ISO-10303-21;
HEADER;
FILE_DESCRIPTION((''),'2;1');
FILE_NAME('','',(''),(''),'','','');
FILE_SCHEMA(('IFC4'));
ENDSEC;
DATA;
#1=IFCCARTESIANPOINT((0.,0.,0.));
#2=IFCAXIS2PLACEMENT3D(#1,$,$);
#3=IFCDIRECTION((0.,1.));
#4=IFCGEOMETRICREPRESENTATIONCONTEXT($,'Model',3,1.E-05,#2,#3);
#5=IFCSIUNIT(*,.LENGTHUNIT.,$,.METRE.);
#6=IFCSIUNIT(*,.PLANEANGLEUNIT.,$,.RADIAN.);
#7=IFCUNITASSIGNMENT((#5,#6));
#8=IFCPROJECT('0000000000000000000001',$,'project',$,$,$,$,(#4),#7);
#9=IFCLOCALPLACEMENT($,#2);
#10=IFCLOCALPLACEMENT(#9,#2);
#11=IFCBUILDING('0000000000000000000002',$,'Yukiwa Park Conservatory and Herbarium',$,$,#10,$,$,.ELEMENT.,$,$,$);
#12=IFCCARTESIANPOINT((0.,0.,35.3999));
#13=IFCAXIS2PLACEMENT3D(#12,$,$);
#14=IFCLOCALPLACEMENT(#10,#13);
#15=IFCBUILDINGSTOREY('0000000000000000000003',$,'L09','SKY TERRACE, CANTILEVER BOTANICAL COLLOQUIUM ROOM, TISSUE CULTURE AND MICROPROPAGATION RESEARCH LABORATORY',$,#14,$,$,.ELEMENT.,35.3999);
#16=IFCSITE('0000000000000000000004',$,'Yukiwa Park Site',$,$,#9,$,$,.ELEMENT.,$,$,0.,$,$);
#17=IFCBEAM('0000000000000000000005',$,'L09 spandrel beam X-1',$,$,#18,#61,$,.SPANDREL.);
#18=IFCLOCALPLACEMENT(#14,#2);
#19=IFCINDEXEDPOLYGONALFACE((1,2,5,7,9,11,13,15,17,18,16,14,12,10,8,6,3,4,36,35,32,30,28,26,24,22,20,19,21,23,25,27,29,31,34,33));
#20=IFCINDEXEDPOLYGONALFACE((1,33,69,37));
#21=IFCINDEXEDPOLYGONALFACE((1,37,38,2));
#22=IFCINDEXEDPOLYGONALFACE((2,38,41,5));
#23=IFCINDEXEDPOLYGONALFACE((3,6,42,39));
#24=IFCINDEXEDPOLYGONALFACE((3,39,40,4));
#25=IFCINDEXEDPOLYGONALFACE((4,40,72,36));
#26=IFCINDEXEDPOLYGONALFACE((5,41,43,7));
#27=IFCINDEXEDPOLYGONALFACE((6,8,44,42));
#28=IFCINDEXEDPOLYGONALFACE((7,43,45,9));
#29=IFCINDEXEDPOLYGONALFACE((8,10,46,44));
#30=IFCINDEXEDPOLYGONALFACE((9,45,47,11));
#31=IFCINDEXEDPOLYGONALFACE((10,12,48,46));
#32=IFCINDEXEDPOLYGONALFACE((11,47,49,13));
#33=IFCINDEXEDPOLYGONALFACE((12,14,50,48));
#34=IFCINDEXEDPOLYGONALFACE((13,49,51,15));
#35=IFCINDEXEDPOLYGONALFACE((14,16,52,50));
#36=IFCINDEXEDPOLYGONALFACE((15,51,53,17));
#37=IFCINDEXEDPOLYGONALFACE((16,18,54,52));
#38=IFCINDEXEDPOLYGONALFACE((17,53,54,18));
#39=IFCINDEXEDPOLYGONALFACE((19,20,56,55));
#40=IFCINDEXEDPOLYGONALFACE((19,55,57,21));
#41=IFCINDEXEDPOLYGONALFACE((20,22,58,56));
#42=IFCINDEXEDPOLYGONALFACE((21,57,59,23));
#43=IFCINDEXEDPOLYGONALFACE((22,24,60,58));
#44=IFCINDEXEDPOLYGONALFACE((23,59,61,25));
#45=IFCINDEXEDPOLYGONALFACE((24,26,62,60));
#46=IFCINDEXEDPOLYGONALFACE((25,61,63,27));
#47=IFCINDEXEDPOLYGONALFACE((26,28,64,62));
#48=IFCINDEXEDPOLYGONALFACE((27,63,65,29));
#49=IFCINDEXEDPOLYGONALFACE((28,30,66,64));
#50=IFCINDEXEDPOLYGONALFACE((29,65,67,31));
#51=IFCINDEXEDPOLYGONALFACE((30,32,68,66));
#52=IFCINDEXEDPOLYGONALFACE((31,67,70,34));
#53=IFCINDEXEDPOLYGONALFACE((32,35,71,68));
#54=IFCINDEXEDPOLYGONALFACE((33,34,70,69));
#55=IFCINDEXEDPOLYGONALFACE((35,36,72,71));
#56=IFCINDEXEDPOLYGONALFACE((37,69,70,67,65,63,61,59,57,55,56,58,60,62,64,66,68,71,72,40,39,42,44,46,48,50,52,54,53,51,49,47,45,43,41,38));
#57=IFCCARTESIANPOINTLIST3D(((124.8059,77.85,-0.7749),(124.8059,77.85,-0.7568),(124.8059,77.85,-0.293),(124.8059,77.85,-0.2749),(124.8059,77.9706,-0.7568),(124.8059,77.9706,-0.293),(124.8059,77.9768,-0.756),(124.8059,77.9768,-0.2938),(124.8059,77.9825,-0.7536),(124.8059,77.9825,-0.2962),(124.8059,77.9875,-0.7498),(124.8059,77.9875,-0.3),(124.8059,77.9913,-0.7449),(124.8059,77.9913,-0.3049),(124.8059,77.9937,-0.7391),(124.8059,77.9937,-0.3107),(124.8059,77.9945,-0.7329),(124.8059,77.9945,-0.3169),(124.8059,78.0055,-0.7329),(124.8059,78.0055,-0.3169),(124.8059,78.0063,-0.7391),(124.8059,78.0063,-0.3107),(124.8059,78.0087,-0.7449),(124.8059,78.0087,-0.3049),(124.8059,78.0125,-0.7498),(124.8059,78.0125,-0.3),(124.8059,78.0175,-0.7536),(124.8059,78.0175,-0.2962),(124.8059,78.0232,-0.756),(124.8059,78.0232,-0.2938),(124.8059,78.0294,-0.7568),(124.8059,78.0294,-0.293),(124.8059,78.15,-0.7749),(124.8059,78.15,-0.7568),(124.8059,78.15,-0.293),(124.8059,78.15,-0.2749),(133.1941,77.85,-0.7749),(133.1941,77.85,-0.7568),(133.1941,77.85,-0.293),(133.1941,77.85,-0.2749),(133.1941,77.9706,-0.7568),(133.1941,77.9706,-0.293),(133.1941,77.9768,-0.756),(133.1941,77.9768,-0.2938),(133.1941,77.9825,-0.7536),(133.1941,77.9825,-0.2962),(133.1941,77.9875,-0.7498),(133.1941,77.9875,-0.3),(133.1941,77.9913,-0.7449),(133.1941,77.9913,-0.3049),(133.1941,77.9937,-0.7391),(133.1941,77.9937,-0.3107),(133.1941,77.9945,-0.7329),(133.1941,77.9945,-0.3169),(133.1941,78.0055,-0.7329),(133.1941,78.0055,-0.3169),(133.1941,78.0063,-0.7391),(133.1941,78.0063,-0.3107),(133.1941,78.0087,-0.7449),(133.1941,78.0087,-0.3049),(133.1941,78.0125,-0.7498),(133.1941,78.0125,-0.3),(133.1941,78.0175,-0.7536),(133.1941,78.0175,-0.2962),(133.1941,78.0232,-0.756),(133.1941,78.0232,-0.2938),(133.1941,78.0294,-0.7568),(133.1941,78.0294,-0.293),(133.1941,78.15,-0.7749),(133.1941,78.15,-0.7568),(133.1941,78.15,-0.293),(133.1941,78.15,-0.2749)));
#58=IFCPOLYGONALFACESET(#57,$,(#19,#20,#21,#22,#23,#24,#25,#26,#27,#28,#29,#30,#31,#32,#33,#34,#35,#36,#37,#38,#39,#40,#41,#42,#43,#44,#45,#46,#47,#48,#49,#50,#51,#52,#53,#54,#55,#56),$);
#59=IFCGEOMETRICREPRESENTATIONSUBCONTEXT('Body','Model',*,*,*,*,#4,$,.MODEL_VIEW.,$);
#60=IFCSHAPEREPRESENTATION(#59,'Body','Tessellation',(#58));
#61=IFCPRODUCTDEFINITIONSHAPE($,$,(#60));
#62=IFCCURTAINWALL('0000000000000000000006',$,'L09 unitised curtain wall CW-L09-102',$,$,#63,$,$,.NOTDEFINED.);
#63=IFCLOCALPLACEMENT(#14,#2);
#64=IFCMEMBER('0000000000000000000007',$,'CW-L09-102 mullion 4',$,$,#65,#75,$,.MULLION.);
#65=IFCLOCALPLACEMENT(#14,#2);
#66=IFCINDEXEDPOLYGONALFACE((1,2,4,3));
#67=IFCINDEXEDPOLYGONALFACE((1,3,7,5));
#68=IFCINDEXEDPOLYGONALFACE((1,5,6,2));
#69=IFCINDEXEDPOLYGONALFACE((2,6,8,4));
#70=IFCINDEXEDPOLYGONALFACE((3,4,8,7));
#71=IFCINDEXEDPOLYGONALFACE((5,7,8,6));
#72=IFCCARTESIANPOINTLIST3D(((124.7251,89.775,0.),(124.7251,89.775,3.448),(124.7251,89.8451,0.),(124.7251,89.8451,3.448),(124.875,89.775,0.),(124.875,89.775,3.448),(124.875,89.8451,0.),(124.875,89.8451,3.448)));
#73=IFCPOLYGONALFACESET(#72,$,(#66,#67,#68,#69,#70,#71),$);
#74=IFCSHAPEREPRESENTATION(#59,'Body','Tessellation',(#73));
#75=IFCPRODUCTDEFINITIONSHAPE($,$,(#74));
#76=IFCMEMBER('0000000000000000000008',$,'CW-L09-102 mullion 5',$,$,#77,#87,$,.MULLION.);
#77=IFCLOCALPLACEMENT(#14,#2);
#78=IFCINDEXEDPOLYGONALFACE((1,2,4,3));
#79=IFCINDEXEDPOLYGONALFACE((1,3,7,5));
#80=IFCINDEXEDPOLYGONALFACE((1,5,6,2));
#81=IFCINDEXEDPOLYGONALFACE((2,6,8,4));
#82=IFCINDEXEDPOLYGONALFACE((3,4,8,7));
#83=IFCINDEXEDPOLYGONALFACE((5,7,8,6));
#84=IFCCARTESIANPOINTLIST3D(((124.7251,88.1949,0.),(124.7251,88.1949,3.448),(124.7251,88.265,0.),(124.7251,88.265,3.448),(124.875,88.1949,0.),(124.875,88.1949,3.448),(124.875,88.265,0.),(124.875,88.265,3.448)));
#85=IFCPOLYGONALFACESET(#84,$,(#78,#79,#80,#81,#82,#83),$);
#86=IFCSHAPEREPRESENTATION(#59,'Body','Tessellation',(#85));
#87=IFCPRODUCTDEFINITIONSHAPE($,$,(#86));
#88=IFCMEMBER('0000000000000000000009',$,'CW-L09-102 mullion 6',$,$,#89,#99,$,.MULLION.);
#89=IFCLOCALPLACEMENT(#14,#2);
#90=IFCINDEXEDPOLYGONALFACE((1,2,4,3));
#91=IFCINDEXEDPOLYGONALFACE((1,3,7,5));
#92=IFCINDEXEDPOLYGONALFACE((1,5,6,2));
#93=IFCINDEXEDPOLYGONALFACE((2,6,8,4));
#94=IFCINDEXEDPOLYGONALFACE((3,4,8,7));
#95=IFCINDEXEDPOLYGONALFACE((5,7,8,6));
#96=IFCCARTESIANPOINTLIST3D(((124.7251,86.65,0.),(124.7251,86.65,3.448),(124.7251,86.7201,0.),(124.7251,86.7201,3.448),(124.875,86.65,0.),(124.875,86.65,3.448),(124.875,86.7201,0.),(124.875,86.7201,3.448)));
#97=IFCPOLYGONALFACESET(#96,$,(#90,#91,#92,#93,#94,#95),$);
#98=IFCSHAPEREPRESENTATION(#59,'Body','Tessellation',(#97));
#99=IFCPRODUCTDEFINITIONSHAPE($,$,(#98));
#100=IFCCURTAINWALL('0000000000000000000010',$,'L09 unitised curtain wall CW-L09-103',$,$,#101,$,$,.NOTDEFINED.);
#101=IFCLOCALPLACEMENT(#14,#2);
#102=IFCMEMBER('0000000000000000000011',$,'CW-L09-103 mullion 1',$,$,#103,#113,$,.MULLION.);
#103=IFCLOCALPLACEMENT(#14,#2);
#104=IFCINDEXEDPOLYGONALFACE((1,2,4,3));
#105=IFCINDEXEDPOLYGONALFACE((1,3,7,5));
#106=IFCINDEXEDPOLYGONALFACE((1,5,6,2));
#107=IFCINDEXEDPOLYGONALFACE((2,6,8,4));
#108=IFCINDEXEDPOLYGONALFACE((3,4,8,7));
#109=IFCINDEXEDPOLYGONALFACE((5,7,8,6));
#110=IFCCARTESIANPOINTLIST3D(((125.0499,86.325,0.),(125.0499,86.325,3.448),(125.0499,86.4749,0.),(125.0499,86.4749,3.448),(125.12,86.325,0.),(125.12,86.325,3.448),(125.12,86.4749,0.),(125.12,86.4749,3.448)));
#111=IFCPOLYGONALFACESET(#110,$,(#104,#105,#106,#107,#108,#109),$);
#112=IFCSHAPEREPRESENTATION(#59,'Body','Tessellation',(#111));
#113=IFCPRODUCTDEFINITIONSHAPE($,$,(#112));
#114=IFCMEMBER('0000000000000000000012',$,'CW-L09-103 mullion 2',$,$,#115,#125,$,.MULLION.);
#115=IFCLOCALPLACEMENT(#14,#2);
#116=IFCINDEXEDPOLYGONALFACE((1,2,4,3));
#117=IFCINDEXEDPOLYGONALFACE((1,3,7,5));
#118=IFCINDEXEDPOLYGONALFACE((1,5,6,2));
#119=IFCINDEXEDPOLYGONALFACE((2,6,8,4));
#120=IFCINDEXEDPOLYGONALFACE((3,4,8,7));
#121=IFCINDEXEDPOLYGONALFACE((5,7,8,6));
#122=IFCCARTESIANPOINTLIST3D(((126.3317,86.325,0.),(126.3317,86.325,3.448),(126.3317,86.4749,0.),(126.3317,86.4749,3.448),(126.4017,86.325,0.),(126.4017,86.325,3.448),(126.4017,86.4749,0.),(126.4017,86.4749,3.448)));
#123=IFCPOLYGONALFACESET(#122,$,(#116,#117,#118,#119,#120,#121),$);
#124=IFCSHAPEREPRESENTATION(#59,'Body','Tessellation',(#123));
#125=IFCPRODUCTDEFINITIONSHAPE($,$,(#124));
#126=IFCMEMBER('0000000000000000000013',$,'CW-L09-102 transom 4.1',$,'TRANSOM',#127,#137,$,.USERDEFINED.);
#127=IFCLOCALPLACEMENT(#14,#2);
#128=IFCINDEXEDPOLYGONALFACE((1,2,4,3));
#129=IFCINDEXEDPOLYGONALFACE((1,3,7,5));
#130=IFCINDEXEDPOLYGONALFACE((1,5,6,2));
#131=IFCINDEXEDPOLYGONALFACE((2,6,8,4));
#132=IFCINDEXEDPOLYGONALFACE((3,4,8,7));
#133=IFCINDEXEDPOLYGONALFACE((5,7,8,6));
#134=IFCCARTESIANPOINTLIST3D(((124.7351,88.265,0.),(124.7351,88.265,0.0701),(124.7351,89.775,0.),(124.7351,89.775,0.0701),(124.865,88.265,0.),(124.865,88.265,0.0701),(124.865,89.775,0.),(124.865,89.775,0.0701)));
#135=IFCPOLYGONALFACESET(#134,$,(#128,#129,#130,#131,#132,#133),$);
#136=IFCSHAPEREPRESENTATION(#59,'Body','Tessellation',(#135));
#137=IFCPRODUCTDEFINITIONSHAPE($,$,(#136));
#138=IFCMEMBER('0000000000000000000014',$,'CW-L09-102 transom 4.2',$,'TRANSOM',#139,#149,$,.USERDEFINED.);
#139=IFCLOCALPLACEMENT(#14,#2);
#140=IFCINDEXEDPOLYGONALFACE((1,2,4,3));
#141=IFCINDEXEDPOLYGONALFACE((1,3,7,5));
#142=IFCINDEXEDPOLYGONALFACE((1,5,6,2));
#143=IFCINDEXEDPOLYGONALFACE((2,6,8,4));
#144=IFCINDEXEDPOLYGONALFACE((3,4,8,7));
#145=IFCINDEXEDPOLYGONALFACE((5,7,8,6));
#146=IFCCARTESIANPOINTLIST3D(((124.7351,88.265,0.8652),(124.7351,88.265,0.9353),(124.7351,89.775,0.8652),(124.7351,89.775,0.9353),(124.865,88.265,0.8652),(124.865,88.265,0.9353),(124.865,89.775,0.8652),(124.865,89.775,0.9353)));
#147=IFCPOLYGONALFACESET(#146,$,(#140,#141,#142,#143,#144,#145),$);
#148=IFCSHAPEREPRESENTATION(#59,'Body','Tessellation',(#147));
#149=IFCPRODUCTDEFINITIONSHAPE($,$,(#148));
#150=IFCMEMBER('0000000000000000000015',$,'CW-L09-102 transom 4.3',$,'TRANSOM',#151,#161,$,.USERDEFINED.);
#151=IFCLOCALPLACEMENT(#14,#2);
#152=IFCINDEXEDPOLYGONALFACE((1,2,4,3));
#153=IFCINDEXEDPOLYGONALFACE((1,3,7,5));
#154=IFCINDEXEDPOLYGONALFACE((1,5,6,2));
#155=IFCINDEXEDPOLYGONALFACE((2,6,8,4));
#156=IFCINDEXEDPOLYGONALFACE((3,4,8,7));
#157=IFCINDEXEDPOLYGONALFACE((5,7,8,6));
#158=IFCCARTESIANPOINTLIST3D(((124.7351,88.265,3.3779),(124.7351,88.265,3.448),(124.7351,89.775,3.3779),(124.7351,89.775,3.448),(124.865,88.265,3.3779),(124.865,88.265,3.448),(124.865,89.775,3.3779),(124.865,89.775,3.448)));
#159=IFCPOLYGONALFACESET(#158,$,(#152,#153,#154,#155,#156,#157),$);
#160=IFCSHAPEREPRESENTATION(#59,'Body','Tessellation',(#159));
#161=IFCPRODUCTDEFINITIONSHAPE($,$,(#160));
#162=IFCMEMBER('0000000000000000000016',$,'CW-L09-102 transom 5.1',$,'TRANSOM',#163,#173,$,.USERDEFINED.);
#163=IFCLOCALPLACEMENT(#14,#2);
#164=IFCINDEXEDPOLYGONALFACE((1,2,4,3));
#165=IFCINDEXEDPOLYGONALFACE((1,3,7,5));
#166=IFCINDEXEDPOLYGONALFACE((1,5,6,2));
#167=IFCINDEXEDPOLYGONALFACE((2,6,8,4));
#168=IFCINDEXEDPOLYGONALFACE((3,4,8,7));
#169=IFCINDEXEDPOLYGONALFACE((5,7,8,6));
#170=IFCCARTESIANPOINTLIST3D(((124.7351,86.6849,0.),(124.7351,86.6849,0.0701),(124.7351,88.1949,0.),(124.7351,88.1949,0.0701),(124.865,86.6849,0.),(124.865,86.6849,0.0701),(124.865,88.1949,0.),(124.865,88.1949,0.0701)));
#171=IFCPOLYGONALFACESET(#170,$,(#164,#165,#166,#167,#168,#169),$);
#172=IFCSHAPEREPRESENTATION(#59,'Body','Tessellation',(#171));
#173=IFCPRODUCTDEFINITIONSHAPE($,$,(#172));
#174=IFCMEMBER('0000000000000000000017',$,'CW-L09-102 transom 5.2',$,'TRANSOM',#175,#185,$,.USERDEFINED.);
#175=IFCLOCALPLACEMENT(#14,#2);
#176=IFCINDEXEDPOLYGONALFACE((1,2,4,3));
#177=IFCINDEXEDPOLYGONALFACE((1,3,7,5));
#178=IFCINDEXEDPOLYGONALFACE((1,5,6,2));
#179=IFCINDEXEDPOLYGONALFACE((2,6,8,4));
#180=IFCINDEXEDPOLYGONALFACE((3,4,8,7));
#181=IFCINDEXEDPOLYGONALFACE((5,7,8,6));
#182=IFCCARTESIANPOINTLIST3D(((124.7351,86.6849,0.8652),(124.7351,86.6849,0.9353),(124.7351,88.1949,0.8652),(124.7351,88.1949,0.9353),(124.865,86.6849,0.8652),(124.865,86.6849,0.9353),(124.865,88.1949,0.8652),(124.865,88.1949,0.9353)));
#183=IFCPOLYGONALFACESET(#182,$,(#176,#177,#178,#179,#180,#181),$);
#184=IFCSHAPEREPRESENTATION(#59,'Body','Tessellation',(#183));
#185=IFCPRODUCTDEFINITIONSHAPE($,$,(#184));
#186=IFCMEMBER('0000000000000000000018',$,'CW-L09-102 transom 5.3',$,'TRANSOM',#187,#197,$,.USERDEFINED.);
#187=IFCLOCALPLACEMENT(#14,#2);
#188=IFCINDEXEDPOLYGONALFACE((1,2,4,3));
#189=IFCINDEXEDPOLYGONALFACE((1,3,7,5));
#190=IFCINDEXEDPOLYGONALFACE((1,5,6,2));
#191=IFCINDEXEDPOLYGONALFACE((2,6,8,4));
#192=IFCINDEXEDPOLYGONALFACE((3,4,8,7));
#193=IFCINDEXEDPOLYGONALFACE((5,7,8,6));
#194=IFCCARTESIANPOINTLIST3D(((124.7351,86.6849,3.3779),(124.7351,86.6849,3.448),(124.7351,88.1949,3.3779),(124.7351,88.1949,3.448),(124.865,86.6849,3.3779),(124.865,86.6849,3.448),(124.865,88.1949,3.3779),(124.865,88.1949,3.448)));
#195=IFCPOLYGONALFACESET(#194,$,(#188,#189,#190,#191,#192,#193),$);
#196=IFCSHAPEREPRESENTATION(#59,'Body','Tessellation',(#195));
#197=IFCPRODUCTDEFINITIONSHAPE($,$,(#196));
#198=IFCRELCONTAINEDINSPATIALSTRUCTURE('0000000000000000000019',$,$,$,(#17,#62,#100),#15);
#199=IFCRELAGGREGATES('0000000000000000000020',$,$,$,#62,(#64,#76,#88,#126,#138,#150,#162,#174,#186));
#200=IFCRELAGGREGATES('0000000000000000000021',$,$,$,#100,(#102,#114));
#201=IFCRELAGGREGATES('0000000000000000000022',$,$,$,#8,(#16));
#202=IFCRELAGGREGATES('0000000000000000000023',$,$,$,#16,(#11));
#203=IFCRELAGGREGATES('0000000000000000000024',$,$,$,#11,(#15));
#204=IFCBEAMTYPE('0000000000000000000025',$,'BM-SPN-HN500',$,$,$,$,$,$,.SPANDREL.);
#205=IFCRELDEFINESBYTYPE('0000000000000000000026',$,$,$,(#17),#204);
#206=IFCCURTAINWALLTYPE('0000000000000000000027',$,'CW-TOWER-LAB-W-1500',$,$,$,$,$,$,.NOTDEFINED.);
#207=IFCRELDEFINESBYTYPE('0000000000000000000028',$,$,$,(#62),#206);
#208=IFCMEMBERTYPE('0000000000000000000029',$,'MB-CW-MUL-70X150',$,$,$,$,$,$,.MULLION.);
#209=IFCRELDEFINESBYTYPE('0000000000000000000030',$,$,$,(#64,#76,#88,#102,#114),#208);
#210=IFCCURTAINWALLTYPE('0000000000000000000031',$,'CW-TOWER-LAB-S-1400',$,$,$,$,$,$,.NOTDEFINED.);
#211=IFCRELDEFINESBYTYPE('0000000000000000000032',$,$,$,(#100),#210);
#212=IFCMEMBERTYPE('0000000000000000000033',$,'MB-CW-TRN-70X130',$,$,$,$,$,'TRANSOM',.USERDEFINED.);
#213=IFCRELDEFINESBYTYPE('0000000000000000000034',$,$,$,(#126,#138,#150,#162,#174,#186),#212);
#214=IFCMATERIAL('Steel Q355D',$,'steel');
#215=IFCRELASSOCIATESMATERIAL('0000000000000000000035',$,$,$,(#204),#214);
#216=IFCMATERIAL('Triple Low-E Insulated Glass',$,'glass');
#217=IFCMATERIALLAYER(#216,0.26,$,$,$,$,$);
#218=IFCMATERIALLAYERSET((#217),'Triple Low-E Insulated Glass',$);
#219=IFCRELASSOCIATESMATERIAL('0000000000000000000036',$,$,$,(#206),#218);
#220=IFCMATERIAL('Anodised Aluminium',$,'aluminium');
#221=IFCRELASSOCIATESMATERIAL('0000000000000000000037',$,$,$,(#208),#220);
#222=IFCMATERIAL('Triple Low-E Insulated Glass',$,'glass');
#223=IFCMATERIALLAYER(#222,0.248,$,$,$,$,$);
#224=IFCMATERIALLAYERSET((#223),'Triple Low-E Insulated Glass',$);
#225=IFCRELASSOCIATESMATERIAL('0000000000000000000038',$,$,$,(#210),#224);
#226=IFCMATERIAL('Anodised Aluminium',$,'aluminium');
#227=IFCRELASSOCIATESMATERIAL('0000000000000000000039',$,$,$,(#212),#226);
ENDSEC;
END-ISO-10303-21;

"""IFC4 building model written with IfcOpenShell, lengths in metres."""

from ifc_helpers import new_model, si_unit, direction, frame, origin, origin_2d, place, context, subcontext, project, spatial, rectangle, i_section, extrude, material, layer, layer_set, material_profile, profile_set, type_object, element, aggregate, save


model = new_model("IFC4")

# Units and contexts
model_context = context("Model", 3, precision=1e-05, world=origin(), true_north=direction((0.0, 1.0)))
body_context = subcontext(model_context, "Body", "Model", "MODEL_VIEW")
ifc_project = project(units=[si_unit("LENGTHUNIT", "METRE"), si_unit("PLANEANGLEUNIT", "RADIAN")], contexts=[model_context])

# Site, building, storey
site_placement = place(None, origin())
site = spatial("IfcSite", under=ifc_project, at=site_placement, Name="Yukiwa Park Site", CompositionType="ELEMENT", RefElevation=0.0)
building_placement = place(site_placement, origin())
building = spatial("IfcBuilding", under=site, at=building_placement, Name="Yukiwa Park Conservatory and Herbarium", CompositionType="ELEMENT")
storey_placement = place(building_placement, frame((0.0, 0.0, 35.3999)))
storey = spatial("IfcBuildingStorey", under=building, at=storey_placement, Name="L09", Description="SKY TERRACE, CANTILEVER BOTANICAL COLLOQUIUM ROOM, TISSUE CULTURE AND MICROPROPAGATION RESEARCH LABORATORY", CompositionType="ELEMENT", Elevation=35.3999)

# Beam
ifc_material_1 = material(Name="Steel Q355D", Category="steel")
ifc_material_profile_1 = material_profile(ifc_material_1, i_section(OverallWidth=0.3, OverallDepth=0.5, WebThickness=0.011, FlangeThickness=0.0181, FilletRadius=0.0239, at=origin_2d()), Name="HM 500x300x11x18")
ifc_profile_set_1 = profile_set([ifc_material_profile_1], Name="Steel Q355D")
beam_type_1 = type_object("IfcBeamType", Name="BM-SPN-HN500", PredefinedType="SPANDREL", material=ifc_profile_set_1)
beam_1_placement = place(storey_placement, frame((124.8059, 78.0, -0.5249), z_axis=(1.0, 0.0, 0.0), x_axis=(0.0, 1.0, 0.0)))
element("IfcBeam", 1, at=beam_1_placement, inside=storey, type_object=beam_type_1, Name="L09 spandrel beam X-1", PredefinedType="SPANDREL", context=body_context, shape_type="SweptSolid", body=[
    extrude(i_section(OverallWidth=0.3, OverallDepth=0.5, WebThickness=0.011, FlangeThickness=0.0181, FilletRadius=0.0239, at=origin_2d()), origin(), (0.0, 0.0, 1.0), 8.3882),
])

# Curtain walls, members
ifc_material_2 = material(Name="Triple Low-E Insulated Glass", Category="glass")
ifc_layer_1 = layer(ifc_material_2, 0.26)
ifc_layer_set_1 = layer_set([ifc_layer_1], Name="Triple Low-E Insulated Glass")
curtain_wall_type_1 = type_object("IfcCurtainWallType", Name="CW-TOWER-LAB-W-1500", PredefinedType="NOTDEFINED", material=ifc_layer_set_1)
curtain_wall_1_placement = place(storey_placement, origin())
curtain_wall_1 = element("IfcCurtainWall", 2, at=curtain_wall_1_placement, inside=storey, type_object=curtain_wall_type_1, Name="L09 unitised curtain wall CW-L09-102", PredefinedType="NOTDEFINED")
ifc_material_3 = material(Name="Anodised Aluminium", Category="aluminium")
member_type_1 = type_object("IfcMemberType", Name="MB-CW-MUL-70X150", PredefinedType="MULLION", material=ifc_material_3)
member_1_placement = place(storey_placement, frame((124.8, 89.8101, 0.0), z_axis=(0.0, 0.0, 1.0), x_axis=(0.0, -1.0, 0.0)))
member_1 = element("IfcMember", 3, at=member_1_placement, type_object=member_type_1, Name="CW-L09-102 mullion 4", PredefinedType="MULLION", context=body_context, shape_type="SweptSolid", body=[
    extrude(rectangle(XDim=0.0701, YDim=0.1499, at=origin_2d()), origin(), (0.0, 0.0, 1.0), 3.448),
])
member_2_placement = place(storey_placement, frame((124.8, 88.23, 0.0), z_axis=(0.0, 0.0, 1.0), x_axis=(0.0, -1.0, 0.0)))
member_2 = element("IfcMember", 4, at=member_2_placement, type_object=member_type_1, Name="CW-L09-102 mullion 5", PredefinedType="MULLION", context=body_context, shape_type="SweptSolid", body=[
    extrude(rectangle(XDim=0.0701, YDim=0.1499, at=origin_2d()), origin(), (0.0, 0.0, 1.0), 3.448),
])
member_3_placement = place(storey_placement, frame((124.8, 86.6851, 0.0), z_axis=(0.0, 0.0, 1.0), x_axis=(0.0, -1.0, 0.0)))
member_3 = element("IfcMember", 5, at=member_3_placement, type_object=member_type_1, Name="CW-L09-102 mullion 6", PredefinedType="MULLION", context=body_context, shape_type="SweptSolid", body=[
    extrude(rectangle(XDim=0.0701, YDim=0.1499, at=origin_2d()), origin(), (0.0, 0.0, 1.0), 3.448),
])
ifc_material_4 = material(Name="Triple Low-E Insulated Glass", Category="glass")
ifc_layer_2 = layer(ifc_material_4, 0.248)
ifc_layer_set_2 = layer_set([ifc_layer_2], Name="Triple Low-E Insulated Glass")
curtain_wall_type_2 = type_object("IfcCurtainWallType", Name="CW-TOWER-LAB-S-1400", PredefinedType="NOTDEFINED", material=ifc_layer_set_2)
curtain_wall_2_placement = place(storey_placement, origin())
curtain_wall_2 = element("IfcCurtainWall", 6, at=curtain_wall_2_placement, inside=storey, type_object=curtain_wall_type_2, Name="L09 unitised curtain wall CW-L09-103", PredefinedType="NOTDEFINED")
member_4_placement = place(storey_placement, frame((125.085, 86.3999, 0.0), z_axis=(0.0, 0.0, 1.0), x_axis=(1.0, 0.0, 0.0)))
member_4 = element("IfcMember", 7, at=member_4_placement, type_object=member_type_1, Name="CW-L09-103 mullion 1", PredefinedType="MULLION", context=body_context, shape_type="SweptSolid", body=[
    extrude(rectangle(XDim=0.0701, YDim=0.1499, at=origin_2d()), origin(), (0.0, 0.0, 1.0), 3.448),
])
member_5_placement = place(storey_placement, frame((126.3667, 86.3999, 0.0), z_axis=(0.0, 0.0, 1.0), x_axis=(1.0, 0.0, 0.0)))
member_5 = element("IfcMember", 8, at=member_5_placement, type_object=member_type_1, Name="CW-L09-103 mullion 2", PredefinedType="MULLION", context=body_context, shape_type="SweptSolid", body=[
    extrude(rectangle(XDim=0.0701, YDim=0.1499, at=origin_2d()), origin(), (0.0, 0.0, 1.0), 3.448),
])

# Members
ifc_material_5 = material(Name="Anodised Aluminium", Category="aluminium")
member_type_2 = type_object("IfcMemberType", Name="MB-CW-TRN-70X130", ElementType="TRANSOM", PredefinedType="USERDEFINED", material=ifc_material_5)
member_6_placement = place(storey_placement, frame((124.8, 89.02, 0.0), z_axis=(0.0, 0.0, 1.0), x_axis=(0.0, -1.0, 0.0)))
member_6 = element("IfcMember", 9, at=member_6_placement, type_object=member_type_2, Name="CW-L09-102 transom 4.1", ObjectType="TRANSOM", PredefinedType="USERDEFINED", context=body_context, shape_type="SweptSolid", body=[
    extrude(rectangle(XDim=1.51, YDim=0.1299, at=origin_2d()), origin(), (0.0, 0.0, 1.0), 0.0701),
])
member_7_placement = place(storey_placement, frame((124.8, 89.02, 0.8652), z_axis=(0.0, 0.0, 1.0), x_axis=(0.0, -1.0, 0.0)))
member_7 = element("IfcMember", 10, at=member_7_placement, type_object=member_type_2, Name="CW-L09-102 transom 4.2", ObjectType="TRANSOM", PredefinedType="USERDEFINED", context=body_context, shape_type="SweptSolid", body=[
    extrude(rectangle(XDim=1.51, YDim=0.1299, at=origin_2d()), origin(), (0.0, 0.0, 1.0), 0.0701),
])
member_8_placement = place(storey_placement, frame((124.8, 89.02, 3.3779), z_axis=(0.0, 0.0, 1.0), x_axis=(0.0, -1.0, 0.0)))
member_8 = element("IfcMember", 11, at=member_8_placement, type_object=member_type_2, Name="CW-L09-102 transom 4.3", ObjectType="TRANSOM", PredefinedType="USERDEFINED", context=body_context, shape_type="SweptSolid", body=[
    extrude(rectangle(XDim=1.51, YDim=0.1299, at=origin_2d()), origin(), (0.0, 0.0, 1.0), 0.0701),
])
member_9_placement = place(storey_placement, frame((124.8, 87.4399, 0.0), z_axis=(0.0, 0.0, 1.0), x_axis=(0.0, -1.0, 0.0)))
member_9 = element("IfcMember", 12, at=member_9_placement, type_object=member_type_2, Name="CW-L09-102 transom 5.1", ObjectType="TRANSOM", PredefinedType="USERDEFINED", context=body_context, shape_type="SweptSolid", body=[
    extrude(rectangle(XDim=1.51, YDim=0.1299, at=origin_2d()), origin(), (0.0, 0.0, 1.0), 0.0701),
])
member_10_placement = place(storey_placement, frame((124.8, 87.4399, 0.8652), z_axis=(0.0, 0.0, 1.0), x_axis=(0.0, -1.0, 0.0)))
member_10 = element("IfcMember", 13, at=member_10_placement, type_object=member_type_2, Name="CW-L09-102 transom 5.2", ObjectType="TRANSOM", PredefinedType="USERDEFINED", context=body_context, shape_type="SweptSolid", body=[
    extrude(rectangle(XDim=1.51, YDim=0.1299, at=origin_2d()), origin(), (0.0, 0.0, 1.0), 0.0701),
])
member_11_placement = place(storey_placement, frame((124.8, 87.4399, 3.3779), z_axis=(0.0, 0.0, 1.0), x_axis=(0.0, -1.0, 0.0)))
member_11 = element("IfcMember", 14, at=member_11_placement, type_object=member_type_2, Name="CW-L09-102 transom 5.3", ObjectType="TRANSOM", PredefinedType="USERDEFINED", context=body_context, shape_type="SweptSolid", body=[
    extrude(rectangle(XDim=1.51, YDim=0.1299, at=origin_2d()), origin(), (0.0, 0.0, 1.0), 0.0701),
])

aggregate(curtain_wall_1, [member_1, member_2, member_3, member_6, member_7, member_8, member_9, member_10, member_11])
aggregate(curtain_wall_2, [member_4, member_5])

save(model, "model.ifc")
